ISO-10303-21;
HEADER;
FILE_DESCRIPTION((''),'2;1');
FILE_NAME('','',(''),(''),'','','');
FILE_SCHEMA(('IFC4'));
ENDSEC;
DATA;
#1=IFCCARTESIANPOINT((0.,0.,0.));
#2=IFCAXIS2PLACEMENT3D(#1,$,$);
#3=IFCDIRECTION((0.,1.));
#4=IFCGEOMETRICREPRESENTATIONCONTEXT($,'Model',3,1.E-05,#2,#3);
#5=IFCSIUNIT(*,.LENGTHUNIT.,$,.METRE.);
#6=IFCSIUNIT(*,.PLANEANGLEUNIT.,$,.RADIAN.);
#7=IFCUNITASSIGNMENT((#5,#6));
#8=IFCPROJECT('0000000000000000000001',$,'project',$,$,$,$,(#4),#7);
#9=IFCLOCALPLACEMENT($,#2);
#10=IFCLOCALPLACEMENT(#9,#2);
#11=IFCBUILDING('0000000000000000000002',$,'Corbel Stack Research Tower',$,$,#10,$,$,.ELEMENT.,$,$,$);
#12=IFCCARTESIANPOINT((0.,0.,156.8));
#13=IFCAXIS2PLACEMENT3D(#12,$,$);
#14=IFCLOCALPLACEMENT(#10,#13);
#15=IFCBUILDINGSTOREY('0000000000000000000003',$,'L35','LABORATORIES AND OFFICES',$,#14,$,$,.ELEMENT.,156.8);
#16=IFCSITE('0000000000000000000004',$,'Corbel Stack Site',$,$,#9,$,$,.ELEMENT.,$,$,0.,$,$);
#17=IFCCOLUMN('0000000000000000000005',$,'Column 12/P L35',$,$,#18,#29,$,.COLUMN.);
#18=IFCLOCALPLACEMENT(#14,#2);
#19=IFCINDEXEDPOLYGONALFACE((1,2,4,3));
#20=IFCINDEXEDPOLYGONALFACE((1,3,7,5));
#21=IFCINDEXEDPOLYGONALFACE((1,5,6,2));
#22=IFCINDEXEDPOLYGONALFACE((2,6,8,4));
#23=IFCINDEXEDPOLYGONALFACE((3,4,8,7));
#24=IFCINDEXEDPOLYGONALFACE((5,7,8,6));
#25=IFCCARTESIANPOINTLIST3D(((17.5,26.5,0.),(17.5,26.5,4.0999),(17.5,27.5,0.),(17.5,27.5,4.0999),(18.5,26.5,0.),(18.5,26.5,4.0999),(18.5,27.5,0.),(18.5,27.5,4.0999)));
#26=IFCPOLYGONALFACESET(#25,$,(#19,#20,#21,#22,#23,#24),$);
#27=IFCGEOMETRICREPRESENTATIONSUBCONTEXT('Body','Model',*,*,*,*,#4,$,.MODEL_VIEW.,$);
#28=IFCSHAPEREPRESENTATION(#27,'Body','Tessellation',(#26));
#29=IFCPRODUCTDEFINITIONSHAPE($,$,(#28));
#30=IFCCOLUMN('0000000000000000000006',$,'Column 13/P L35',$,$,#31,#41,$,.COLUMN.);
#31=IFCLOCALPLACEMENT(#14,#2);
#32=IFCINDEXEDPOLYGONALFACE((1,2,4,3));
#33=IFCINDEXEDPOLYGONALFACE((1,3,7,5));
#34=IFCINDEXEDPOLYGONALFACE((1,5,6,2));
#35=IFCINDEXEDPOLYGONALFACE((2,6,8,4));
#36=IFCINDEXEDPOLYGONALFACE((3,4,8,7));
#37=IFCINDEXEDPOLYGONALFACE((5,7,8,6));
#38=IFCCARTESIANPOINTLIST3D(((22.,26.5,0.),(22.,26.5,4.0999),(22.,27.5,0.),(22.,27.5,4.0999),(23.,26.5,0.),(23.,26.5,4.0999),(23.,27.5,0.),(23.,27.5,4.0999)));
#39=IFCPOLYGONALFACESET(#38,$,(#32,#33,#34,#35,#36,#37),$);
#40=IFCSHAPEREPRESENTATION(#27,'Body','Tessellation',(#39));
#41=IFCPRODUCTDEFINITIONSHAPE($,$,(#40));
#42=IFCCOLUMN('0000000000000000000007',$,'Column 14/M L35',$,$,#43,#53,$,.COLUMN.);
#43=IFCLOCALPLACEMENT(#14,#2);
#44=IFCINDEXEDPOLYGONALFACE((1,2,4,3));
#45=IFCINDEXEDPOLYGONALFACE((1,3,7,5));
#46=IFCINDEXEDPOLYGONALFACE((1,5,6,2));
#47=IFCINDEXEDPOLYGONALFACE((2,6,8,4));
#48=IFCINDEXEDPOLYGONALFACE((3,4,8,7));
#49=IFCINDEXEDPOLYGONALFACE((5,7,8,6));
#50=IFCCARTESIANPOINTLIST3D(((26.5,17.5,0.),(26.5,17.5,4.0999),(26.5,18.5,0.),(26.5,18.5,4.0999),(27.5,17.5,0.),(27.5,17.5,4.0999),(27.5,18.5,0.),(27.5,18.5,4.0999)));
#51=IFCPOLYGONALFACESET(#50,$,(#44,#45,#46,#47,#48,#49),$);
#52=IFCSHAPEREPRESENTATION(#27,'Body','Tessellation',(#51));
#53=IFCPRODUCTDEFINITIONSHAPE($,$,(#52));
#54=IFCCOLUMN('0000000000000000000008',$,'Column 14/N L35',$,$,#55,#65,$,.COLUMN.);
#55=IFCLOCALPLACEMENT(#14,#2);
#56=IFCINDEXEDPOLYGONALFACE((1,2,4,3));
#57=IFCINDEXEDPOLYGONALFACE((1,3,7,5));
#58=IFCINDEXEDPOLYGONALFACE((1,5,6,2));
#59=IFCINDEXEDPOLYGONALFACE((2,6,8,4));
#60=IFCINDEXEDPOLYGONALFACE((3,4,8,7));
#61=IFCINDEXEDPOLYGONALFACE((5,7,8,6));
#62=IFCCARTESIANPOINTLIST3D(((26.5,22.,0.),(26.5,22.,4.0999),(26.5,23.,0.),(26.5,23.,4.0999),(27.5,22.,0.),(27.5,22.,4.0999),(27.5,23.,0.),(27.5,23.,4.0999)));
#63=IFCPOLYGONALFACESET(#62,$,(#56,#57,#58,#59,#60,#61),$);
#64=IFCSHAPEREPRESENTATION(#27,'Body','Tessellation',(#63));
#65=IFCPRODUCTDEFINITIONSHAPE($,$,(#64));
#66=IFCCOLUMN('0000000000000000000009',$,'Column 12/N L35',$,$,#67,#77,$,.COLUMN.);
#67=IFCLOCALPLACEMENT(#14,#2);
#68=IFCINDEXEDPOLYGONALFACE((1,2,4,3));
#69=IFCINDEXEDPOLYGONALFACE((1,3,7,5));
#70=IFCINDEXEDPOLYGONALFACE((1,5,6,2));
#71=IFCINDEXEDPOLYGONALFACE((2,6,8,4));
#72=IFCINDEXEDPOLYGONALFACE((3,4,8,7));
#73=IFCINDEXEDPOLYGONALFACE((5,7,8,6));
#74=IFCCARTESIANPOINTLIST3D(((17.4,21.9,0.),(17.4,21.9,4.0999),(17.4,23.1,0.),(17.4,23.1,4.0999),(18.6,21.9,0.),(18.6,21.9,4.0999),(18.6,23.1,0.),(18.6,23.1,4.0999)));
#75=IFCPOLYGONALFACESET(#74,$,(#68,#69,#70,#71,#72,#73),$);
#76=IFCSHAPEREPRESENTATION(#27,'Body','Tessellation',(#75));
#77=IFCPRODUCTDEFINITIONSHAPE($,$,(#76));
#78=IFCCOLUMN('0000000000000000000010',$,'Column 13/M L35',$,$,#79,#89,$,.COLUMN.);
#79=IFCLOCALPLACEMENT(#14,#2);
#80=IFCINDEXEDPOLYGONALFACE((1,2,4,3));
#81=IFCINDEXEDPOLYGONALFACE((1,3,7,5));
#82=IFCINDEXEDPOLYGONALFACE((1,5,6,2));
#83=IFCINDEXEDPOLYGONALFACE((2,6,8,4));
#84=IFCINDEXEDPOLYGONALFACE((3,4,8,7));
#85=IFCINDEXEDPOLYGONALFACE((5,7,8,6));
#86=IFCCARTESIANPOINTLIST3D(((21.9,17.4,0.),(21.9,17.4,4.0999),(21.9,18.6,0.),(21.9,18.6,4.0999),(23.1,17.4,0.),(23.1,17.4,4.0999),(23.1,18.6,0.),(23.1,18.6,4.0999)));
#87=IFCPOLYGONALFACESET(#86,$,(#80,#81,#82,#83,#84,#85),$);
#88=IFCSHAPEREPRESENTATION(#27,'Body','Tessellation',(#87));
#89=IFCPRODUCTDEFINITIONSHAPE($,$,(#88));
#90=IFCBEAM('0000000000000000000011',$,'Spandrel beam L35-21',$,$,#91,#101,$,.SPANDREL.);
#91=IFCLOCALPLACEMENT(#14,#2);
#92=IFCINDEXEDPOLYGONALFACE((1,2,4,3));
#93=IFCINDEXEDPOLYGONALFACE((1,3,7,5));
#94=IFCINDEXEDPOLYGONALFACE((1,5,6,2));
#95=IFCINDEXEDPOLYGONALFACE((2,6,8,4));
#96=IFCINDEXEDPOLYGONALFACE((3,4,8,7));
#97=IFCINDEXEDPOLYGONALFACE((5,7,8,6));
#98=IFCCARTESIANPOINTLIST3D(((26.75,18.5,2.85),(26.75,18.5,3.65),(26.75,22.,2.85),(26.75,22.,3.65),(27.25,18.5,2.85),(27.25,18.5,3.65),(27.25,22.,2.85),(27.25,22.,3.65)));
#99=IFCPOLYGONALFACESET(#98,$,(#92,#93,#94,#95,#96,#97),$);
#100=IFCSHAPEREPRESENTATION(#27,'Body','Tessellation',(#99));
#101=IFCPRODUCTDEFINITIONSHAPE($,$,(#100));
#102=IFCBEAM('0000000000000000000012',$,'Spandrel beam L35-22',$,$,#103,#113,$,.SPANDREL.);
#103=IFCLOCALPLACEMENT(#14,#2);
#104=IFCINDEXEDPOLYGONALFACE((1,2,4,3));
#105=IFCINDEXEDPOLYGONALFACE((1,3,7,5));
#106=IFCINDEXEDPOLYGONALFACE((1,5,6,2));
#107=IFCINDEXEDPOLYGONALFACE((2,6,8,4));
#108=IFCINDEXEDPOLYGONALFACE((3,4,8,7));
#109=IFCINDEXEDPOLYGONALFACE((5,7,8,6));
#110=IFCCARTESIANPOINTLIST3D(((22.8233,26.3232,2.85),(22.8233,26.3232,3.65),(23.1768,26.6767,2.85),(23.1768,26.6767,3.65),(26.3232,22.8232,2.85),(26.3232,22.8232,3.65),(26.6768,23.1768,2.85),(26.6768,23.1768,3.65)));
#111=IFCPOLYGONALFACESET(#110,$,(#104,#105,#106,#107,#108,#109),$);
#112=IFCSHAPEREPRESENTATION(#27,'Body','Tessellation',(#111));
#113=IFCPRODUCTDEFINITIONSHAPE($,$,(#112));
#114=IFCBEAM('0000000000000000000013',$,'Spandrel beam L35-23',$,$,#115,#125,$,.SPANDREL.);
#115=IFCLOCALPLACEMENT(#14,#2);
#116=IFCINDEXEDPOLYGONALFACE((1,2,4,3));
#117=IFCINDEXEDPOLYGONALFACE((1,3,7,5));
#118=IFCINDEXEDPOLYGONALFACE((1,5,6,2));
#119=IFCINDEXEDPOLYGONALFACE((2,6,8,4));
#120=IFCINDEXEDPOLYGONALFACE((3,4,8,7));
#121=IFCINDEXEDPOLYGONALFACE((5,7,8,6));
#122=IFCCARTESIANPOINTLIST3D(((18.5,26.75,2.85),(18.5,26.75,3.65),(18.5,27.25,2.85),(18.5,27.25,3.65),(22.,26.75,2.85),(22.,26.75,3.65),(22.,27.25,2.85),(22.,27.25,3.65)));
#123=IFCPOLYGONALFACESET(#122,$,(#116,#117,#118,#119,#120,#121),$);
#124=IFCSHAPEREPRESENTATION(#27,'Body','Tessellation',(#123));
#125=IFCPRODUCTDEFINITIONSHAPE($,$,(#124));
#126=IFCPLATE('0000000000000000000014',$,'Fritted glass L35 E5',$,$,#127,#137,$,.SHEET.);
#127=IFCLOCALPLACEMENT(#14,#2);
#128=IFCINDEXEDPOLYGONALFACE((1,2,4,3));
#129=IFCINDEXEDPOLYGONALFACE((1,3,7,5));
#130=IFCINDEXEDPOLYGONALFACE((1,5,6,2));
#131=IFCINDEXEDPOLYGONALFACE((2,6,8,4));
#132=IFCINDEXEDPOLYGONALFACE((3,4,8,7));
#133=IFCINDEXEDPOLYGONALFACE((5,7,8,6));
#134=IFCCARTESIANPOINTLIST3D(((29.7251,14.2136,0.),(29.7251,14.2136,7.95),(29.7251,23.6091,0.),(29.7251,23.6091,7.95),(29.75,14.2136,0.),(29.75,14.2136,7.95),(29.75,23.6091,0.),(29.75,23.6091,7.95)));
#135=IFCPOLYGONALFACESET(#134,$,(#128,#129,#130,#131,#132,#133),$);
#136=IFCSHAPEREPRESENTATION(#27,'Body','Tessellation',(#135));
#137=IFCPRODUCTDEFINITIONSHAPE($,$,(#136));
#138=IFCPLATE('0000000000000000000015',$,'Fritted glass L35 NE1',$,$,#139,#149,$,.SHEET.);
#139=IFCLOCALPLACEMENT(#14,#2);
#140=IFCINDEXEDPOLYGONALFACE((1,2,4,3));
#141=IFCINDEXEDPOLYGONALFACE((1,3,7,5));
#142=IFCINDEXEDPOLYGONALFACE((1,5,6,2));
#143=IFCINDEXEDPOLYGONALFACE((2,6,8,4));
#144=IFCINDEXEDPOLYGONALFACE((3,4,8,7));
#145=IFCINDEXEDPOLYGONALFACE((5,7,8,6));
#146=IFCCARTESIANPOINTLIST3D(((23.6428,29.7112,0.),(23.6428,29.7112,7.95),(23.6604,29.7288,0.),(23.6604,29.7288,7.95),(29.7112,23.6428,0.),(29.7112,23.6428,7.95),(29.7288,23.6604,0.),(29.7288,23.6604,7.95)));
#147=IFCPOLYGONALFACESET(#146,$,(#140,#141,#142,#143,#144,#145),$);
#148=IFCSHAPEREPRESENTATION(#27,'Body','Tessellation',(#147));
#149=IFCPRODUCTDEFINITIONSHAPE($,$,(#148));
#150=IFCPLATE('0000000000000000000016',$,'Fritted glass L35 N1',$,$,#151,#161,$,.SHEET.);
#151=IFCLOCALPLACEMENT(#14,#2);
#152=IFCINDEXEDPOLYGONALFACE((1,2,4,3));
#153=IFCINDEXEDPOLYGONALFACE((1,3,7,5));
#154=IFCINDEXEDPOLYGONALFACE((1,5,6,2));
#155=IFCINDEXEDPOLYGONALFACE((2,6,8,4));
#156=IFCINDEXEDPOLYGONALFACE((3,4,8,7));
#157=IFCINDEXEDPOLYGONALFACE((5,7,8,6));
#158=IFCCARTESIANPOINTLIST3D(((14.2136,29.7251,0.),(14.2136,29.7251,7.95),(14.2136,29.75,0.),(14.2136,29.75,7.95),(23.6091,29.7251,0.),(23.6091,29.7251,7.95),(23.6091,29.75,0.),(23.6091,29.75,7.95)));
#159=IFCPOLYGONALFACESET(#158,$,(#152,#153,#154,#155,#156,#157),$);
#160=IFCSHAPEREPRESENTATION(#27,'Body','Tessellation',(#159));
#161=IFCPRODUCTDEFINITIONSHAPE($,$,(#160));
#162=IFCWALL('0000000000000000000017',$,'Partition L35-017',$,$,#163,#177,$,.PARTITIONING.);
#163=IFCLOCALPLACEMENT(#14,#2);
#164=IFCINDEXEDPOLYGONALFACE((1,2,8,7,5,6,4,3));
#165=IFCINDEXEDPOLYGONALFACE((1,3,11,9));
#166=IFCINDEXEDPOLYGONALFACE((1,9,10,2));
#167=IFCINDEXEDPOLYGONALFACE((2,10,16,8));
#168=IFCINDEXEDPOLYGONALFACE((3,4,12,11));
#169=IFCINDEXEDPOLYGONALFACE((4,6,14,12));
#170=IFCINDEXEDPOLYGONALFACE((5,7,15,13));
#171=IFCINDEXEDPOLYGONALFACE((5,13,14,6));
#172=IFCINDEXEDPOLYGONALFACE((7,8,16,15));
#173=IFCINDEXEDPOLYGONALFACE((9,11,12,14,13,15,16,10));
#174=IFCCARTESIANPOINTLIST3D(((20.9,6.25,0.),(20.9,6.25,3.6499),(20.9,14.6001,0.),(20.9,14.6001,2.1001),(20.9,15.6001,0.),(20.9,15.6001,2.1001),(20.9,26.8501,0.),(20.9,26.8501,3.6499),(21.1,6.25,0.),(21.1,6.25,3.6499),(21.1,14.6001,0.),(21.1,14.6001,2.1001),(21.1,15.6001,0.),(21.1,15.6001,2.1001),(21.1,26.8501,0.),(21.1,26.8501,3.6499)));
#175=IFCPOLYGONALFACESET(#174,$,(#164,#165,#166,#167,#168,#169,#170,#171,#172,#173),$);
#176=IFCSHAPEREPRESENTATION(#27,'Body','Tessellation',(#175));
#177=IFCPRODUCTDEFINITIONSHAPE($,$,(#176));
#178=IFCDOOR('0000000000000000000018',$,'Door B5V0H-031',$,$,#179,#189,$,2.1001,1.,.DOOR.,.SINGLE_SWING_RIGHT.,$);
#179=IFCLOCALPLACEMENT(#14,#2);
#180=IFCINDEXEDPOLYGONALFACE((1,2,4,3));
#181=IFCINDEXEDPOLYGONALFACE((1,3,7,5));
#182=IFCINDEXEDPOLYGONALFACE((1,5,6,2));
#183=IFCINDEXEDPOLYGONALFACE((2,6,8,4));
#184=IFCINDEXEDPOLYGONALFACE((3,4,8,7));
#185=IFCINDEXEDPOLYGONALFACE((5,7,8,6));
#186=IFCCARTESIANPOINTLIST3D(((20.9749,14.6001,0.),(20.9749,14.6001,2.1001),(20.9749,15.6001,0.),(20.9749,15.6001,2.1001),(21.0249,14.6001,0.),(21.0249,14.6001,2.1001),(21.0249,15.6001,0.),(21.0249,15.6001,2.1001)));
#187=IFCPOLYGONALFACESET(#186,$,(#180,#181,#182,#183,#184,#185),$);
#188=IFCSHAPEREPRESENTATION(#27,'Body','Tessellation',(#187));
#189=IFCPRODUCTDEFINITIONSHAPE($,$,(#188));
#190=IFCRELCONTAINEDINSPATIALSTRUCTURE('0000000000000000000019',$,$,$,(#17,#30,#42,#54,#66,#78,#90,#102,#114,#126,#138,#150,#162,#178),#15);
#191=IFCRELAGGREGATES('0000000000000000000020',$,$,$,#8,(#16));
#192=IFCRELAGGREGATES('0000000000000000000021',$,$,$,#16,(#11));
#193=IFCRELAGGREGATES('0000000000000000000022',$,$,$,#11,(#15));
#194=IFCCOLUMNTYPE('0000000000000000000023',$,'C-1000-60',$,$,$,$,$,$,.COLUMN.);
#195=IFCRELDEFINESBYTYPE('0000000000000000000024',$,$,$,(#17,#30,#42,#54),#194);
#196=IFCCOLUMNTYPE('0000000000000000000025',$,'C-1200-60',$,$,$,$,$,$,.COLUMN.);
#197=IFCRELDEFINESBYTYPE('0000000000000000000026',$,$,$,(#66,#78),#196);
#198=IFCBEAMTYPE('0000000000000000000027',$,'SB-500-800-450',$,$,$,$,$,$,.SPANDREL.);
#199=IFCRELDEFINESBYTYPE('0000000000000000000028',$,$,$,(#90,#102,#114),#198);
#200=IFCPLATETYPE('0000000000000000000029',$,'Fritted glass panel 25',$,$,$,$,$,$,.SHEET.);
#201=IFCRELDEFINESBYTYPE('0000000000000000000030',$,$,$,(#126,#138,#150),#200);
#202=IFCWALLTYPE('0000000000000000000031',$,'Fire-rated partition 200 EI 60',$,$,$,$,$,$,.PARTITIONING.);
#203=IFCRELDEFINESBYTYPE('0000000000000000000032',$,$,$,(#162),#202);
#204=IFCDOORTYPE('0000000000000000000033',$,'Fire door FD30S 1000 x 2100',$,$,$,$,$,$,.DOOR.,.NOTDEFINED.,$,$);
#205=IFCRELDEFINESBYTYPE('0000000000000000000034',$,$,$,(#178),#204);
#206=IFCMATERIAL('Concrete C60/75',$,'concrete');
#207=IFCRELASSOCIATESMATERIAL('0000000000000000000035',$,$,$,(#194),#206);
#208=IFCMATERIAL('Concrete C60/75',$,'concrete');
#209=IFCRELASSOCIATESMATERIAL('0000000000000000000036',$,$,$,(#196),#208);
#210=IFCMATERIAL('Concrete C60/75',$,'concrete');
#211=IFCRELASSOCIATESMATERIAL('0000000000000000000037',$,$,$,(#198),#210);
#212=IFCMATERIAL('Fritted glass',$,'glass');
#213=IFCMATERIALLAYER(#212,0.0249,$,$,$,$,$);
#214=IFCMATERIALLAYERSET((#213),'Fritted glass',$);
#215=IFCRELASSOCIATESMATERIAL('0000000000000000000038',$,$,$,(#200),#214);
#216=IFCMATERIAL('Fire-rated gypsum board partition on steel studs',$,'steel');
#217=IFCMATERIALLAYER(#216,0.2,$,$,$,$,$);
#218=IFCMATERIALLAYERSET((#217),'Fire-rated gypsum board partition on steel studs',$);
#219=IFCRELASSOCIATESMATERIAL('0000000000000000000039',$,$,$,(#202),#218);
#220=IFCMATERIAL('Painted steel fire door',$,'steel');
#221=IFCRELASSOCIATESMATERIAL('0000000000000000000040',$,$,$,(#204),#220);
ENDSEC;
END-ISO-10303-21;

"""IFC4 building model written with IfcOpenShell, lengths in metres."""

from ifc_helpers import new_model, si_unit, direction, frame, frame_2d, origin, origin_2d, place, context, subcontext, project, spatial, rectangle, extrude, material, layer, layer_set, material_profile, profile_set, type_object, element, fill, save


model = new_model("IFC4")

# Units and contexts
model_context = context("Model", 3, precision=1e-05, world=origin(), true_north=direction((0.0, 1.0)))
body_context = subcontext(model_context, "Body", "Model", "MODEL_VIEW")
ifc_project = project(units=[si_unit("LENGTHUNIT", "METRE"), si_unit("PLANEANGLEUNIT", "RADIAN")], contexts=[model_context])

# Site, building, storey
site_placement = place(None, origin())
site = spatial("IfcSite", under=ifc_project, at=site_placement, Name="Corbel Stack Site", CompositionType="ELEMENT", RefElevation=0.0)
building_placement = place(site_placement, origin())
building = spatial("IfcBuilding", under=site, at=building_placement, Name="Corbel Stack Research Tower", CompositionType="ELEMENT")
storey_placement = place(building_placement, frame((0.0, 0.0, 156.8)))
storey = spatial("IfcBuildingStorey", under=building, at=storey_placement, Name="L35", Description="LABORATORIES AND OFFICES", CompositionType="ELEMENT", Elevation=156.8)

# Columns
ifc_material_1 = material(Name="Concrete C60/75", Category="concrete")
ifc_material_profile_1 = material_profile(ifc_material_1, rectangle(XDim=1.0, YDim=1.0, at=origin_2d()), Name="RC 1000 x 1000")
ifc_profile_set_1 = profile_set([ifc_material_profile_1], Name="Concrete C60/75")
column_type_1 = type_object("IfcColumnType", Name="C-1000-60", PredefinedType="COLUMN", material=ifc_profile_set_1)
for number, where, z_axis, x_axis, name in (
    (1, (18.0, 27.0, 0.0), (0.0, 0.0, 1.0), (1.0, 0.0, 0.0), "Column 12/P L35"),
    (2, (22.5, 27.0, 0.0), (0.0, 0.0, 1.0), (1.0, 0.0, 0.0), "Column 13/P L35"),
    (3, (27.0, 18.0, 0.0), (0.0, 0.0, 1.0), (1.0, 0.0, 0.0), "Column 14/M L35"),
    (4, (27.0, 22.5, 0.0), (0.0, 0.0, 1.0), (1.0, 0.0, 0.0), "Column 14/N L35"),
):
    element("IfcColumn", number, at=place(storey_placement, frame(where, z_axis=z_axis, x_axis=x_axis)), inside=storey, type_object=column_type_1, Name=name, PredefinedType="COLUMN", context=body_context, shape_type="SweptSolid", body=[
        extrude(rectangle(XDim=1.0, YDim=1.0, at=origin_2d()), origin(), (0.0, 0.0, 1.0), 4.0999),
    ])
ifc_material_2 = material(Name="Concrete C60/75", Category="concrete")
ifc_material_profile_2 = material_profile(ifc_material_2, rectangle(XDim=1.2, YDim=1.2, at=origin_2d()), Name="RC 1200 x 1200")
ifc_profile_set_2 = profile_set([ifc_material_profile_2], Name="Concrete C60/75")
column_type_2 = type_object("IfcColumnType", Name="C-1200-60", PredefinedType="COLUMN", material=ifc_profile_set_2)
for number, where, z_axis, x_axis, name in (
    (5, (18.0, 22.5, 0.0), (0.0, 0.0, 1.0), (1.0, 0.0, 0.0), "Column 12/N L35"),
    (6, (22.5, 18.0, 0.0), (0.0, 0.0, 1.0), (1.0, 0.0, 0.0), "Column 13/M L35"),
):
    element("IfcColumn", number, at=place(storey_placement, frame(where, z_axis=z_axis, x_axis=x_axis)), inside=storey, type_object=column_type_2, Name=name, PredefinedType="COLUMN", context=body_context, shape_type="SweptSolid", body=[
        extrude(rectangle(XDim=1.2, YDim=1.2, at=origin_2d()), origin(), (0.0, 0.0, 1.0), 4.0999),
    ])

# Beams
ifc_material_3 = material(Name="Concrete C60/75", Category="concrete")
ifc_material_profile_3 = material_profile(ifc_material_3, rectangle(XDim=0.5, YDim=0.8, at=origin_2d()), Name="RC 500 x 800")
ifc_profile_set_3 = profile_set([ifc_material_profile_3], Name="Concrete C60/75")
beam_type = type_object("IfcBeamType", Name="SB-500-800-450", PredefinedType="SPANDREL", material=ifc_profile_set_3)
beam_1_placement = place(storey_placement, frame((27.0, 18.5, 3.25), z_axis=(0.0, 1.0, 0.0), x_axis=(-1.0, 0.0, 0.0)))
element("IfcBeam", 7, at=beam_1_placement, inside=storey, type_object=beam_type, Name="Spandrel beam L35-21", PredefinedType="SPANDREL", context=body_context, shape_type="SweptSolid", body=[
    extrude(rectangle(XDim=0.5, YDim=0.8, at=origin_2d()), origin(), (0.0, 0.0, 1.0), 3.5),
])
beam_2_placement = place(storey_placement, frame((26.5, 23.0, 3.25), z_axis=(-0.707107, 0.707107, 0.0), x_axis=(-0.707107, -0.707107, 0.0)))
element("IfcBeam", 8, at=beam_2_placement, inside=storey, type_object=beam_type, Name="Spandrel beam L35-22", PredefinedType="SPANDREL", context=body_context, shape_type="SweptSolid", body=[
    extrude(rectangle(XDim=0.5, YDim=0.8, at=origin_2d()), origin(), (0.0, 0.0, 1.0), 4.9497),
])
beam_3_placement = place(storey_placement, frame((22.0, 27.0, 3.25), z_axis=(-1.0, 0.0, 0.0), x_axis=(0.0, -1.0, 0.0)))
element("IfcBeam", 9, at=beam_3_placement, inside=storey, type_object=beam_type, Name="Spandrel beam L35-23", PredefinedType="SPANDREL", context=body_context, shape_type="SweptSolid", body=[
    extrude(rectangle(XDim=0.5, YDim=0.8, at=origin_2d()), origin(), (0.0, 0.0, 1.0), 3.5),
])

# Plates
ifc_material_4 = material(Name="Fritted glass", Category="glass")
ifc_layer_1 = layer(ifc_material_4, 0.0249)
ifc_layer_set_1 = layer_set([ifc_layer_1], Name="Fritted glass")
plate_type = type_object("IfcPlateType", Name="Fritted glass panel 25", PredefinedType="SHEET", material=ifc_layer_set_1)
plate_1_placement = place(storey_placement, frame((29.7375, 18.9114, 0.0), z_axis=(0.0, 0.0, 1.0), x_axis=(0.0, 1.0, 0.0)))
element("IfcPlate", 10, at=plate_1_placement, inside=storey, type_object=plate_type, Name="Fritted glass L35 E5", PredefinedType="SHEET", context=body_context, shape_type="SweptSolid", body=[
    extrude(rectangle(XDim=9.3955, YDim=0.0249, at=origin_2d()), origin(), (0.0, 0.0, 1.0), 7.95),
])
plate_2_placement = place(storey_placement, frame((26.6858, 26.6858, 0.0), z_axis=(0.0, 0.0, 1.0), x_axis=(-0.707107, 0.707107, 0.0)))
element("IfcPlate", 11, at=plate_2_placement, inside=storey, type_object=plate_type, Name="Fritted glass L35 NE1", PredefinedType="SHEET", context=body_context, shape_type="SweptSolid", body=[
    extrude(rectangle(XDim=8.582, YDim=0.0249, at=origin_2d()), origin(), (0.0, 0.0, 1.0), 7.95),
])
plate_3_placement = place(storey_placement, frame((18.9114, 29.7375, 0.0), z_axis=(0.0, 0.0, 1.0), x_axis=(-1.0, 0.0, 0.0)))
element("IfcPlate", 12, at=plate_3_placement, inside=storey, type_object=plate_type, Name="Fritted glass L35 N1", PredefinedType="SHEET", context=body_context, shape_type="SweptSolid", body=[
    extrude(rectangle(XDim=9.3955, YDim=0.0249, at=origin_2d()), origin(), (0.0, 0.0, 1.0), 7.95),
])

# Wall, opening, door
ifc_material_5 = material(Name="Fire-rated gypsum board partition on steel studs", Category="steel")
ifc_layer_2 = layer(ifc_material_5, 0.2)
ifc_layer_set_2 = layer_set([ifc_layer_2], Name="Fire-rated gypsum board partition on steel studs")
wall_type_1 = type_object("IfcWallType", Name="Fire-rated partition 200 EI 60", PredefinedType="PARTITIONING", material=ifc_layer_set_2)
wall_1_placement = place(storey_placement, frame((21.0, 26.8501, 0.0), z_axis=(0.0, 0.0, 1.0), x_axis=(0.0, -1.0, 0.0)))
wall_1 = element("IfcWall", 13, at=wall_1_placement, inside=storey, type_object=wall_type_1, Name="Partition L35-017", PredefinedType="PARTITIONING", context=body_context, shape_type="SweptSolid", body=[
    extrude(rectangle(XDim=20.6001, YDim=0.2, at=frame_2d((10.3, 0.0))), origin(), (0.0, 0.0, 1.0), 3.6499),
])
opening_1_placement = place(wall_1_placement, frame((11.25, 0.0, 0.0)))
opening_1 = element("IfcOpeningElement", 14, at=opening_1_placement, cuts=wall_1, PredefinedType="OPENING", context=body_context, shape_type="SweptSolid", body=[
    extrude(rectangle(XDim=1.0, YDim=2.1001, at=frame_2d((0.5, 1.05))), frame((0.0, 0.1099, 0.0), z_axis=(0.0, -1.0, 0.0), x_axis=(1.0, 0.0, 0.0)), (0.0, 0.0, 1.0), 0.22),
])
ifc_material_6 = material(Name="Painted steel fire door", Category="steel")
door_type_1 = type_object("IfcDoorType", Name="Fire door FD30S 1000 x 2100", OperationType="NOTDEFINED", PredefinedType="DOOR", material=ifc_material_6)
door_1_placement = place(opening_1_placement, origin())
door_1 = element("IfcDoor", 15, at=door_1_placement, inside=storey, type_object=door_type_1, Name="Door B5V0H-031", OperationType="SINGLE_SWING_RIGHT", OverallHeight=2.1001, OverallWidth=1.0, PredefinedType="DOOR", context=body_context, shape_type="SweptSolid", body=[
    extrude(rectangle(XDim=1.0, YDim=2.1001, at=frame_2d((0.5, 1.05))), frame((0.0, 0.0249, 0.0), z_axis=(0.0, -1.0, 0.0), x_axis=(1.0, 0.0, 0.0)), (0.0, 0.0, 1.0), 0.05),
])
fill(opening_1, door_1)

save(model, "model.ifc")
